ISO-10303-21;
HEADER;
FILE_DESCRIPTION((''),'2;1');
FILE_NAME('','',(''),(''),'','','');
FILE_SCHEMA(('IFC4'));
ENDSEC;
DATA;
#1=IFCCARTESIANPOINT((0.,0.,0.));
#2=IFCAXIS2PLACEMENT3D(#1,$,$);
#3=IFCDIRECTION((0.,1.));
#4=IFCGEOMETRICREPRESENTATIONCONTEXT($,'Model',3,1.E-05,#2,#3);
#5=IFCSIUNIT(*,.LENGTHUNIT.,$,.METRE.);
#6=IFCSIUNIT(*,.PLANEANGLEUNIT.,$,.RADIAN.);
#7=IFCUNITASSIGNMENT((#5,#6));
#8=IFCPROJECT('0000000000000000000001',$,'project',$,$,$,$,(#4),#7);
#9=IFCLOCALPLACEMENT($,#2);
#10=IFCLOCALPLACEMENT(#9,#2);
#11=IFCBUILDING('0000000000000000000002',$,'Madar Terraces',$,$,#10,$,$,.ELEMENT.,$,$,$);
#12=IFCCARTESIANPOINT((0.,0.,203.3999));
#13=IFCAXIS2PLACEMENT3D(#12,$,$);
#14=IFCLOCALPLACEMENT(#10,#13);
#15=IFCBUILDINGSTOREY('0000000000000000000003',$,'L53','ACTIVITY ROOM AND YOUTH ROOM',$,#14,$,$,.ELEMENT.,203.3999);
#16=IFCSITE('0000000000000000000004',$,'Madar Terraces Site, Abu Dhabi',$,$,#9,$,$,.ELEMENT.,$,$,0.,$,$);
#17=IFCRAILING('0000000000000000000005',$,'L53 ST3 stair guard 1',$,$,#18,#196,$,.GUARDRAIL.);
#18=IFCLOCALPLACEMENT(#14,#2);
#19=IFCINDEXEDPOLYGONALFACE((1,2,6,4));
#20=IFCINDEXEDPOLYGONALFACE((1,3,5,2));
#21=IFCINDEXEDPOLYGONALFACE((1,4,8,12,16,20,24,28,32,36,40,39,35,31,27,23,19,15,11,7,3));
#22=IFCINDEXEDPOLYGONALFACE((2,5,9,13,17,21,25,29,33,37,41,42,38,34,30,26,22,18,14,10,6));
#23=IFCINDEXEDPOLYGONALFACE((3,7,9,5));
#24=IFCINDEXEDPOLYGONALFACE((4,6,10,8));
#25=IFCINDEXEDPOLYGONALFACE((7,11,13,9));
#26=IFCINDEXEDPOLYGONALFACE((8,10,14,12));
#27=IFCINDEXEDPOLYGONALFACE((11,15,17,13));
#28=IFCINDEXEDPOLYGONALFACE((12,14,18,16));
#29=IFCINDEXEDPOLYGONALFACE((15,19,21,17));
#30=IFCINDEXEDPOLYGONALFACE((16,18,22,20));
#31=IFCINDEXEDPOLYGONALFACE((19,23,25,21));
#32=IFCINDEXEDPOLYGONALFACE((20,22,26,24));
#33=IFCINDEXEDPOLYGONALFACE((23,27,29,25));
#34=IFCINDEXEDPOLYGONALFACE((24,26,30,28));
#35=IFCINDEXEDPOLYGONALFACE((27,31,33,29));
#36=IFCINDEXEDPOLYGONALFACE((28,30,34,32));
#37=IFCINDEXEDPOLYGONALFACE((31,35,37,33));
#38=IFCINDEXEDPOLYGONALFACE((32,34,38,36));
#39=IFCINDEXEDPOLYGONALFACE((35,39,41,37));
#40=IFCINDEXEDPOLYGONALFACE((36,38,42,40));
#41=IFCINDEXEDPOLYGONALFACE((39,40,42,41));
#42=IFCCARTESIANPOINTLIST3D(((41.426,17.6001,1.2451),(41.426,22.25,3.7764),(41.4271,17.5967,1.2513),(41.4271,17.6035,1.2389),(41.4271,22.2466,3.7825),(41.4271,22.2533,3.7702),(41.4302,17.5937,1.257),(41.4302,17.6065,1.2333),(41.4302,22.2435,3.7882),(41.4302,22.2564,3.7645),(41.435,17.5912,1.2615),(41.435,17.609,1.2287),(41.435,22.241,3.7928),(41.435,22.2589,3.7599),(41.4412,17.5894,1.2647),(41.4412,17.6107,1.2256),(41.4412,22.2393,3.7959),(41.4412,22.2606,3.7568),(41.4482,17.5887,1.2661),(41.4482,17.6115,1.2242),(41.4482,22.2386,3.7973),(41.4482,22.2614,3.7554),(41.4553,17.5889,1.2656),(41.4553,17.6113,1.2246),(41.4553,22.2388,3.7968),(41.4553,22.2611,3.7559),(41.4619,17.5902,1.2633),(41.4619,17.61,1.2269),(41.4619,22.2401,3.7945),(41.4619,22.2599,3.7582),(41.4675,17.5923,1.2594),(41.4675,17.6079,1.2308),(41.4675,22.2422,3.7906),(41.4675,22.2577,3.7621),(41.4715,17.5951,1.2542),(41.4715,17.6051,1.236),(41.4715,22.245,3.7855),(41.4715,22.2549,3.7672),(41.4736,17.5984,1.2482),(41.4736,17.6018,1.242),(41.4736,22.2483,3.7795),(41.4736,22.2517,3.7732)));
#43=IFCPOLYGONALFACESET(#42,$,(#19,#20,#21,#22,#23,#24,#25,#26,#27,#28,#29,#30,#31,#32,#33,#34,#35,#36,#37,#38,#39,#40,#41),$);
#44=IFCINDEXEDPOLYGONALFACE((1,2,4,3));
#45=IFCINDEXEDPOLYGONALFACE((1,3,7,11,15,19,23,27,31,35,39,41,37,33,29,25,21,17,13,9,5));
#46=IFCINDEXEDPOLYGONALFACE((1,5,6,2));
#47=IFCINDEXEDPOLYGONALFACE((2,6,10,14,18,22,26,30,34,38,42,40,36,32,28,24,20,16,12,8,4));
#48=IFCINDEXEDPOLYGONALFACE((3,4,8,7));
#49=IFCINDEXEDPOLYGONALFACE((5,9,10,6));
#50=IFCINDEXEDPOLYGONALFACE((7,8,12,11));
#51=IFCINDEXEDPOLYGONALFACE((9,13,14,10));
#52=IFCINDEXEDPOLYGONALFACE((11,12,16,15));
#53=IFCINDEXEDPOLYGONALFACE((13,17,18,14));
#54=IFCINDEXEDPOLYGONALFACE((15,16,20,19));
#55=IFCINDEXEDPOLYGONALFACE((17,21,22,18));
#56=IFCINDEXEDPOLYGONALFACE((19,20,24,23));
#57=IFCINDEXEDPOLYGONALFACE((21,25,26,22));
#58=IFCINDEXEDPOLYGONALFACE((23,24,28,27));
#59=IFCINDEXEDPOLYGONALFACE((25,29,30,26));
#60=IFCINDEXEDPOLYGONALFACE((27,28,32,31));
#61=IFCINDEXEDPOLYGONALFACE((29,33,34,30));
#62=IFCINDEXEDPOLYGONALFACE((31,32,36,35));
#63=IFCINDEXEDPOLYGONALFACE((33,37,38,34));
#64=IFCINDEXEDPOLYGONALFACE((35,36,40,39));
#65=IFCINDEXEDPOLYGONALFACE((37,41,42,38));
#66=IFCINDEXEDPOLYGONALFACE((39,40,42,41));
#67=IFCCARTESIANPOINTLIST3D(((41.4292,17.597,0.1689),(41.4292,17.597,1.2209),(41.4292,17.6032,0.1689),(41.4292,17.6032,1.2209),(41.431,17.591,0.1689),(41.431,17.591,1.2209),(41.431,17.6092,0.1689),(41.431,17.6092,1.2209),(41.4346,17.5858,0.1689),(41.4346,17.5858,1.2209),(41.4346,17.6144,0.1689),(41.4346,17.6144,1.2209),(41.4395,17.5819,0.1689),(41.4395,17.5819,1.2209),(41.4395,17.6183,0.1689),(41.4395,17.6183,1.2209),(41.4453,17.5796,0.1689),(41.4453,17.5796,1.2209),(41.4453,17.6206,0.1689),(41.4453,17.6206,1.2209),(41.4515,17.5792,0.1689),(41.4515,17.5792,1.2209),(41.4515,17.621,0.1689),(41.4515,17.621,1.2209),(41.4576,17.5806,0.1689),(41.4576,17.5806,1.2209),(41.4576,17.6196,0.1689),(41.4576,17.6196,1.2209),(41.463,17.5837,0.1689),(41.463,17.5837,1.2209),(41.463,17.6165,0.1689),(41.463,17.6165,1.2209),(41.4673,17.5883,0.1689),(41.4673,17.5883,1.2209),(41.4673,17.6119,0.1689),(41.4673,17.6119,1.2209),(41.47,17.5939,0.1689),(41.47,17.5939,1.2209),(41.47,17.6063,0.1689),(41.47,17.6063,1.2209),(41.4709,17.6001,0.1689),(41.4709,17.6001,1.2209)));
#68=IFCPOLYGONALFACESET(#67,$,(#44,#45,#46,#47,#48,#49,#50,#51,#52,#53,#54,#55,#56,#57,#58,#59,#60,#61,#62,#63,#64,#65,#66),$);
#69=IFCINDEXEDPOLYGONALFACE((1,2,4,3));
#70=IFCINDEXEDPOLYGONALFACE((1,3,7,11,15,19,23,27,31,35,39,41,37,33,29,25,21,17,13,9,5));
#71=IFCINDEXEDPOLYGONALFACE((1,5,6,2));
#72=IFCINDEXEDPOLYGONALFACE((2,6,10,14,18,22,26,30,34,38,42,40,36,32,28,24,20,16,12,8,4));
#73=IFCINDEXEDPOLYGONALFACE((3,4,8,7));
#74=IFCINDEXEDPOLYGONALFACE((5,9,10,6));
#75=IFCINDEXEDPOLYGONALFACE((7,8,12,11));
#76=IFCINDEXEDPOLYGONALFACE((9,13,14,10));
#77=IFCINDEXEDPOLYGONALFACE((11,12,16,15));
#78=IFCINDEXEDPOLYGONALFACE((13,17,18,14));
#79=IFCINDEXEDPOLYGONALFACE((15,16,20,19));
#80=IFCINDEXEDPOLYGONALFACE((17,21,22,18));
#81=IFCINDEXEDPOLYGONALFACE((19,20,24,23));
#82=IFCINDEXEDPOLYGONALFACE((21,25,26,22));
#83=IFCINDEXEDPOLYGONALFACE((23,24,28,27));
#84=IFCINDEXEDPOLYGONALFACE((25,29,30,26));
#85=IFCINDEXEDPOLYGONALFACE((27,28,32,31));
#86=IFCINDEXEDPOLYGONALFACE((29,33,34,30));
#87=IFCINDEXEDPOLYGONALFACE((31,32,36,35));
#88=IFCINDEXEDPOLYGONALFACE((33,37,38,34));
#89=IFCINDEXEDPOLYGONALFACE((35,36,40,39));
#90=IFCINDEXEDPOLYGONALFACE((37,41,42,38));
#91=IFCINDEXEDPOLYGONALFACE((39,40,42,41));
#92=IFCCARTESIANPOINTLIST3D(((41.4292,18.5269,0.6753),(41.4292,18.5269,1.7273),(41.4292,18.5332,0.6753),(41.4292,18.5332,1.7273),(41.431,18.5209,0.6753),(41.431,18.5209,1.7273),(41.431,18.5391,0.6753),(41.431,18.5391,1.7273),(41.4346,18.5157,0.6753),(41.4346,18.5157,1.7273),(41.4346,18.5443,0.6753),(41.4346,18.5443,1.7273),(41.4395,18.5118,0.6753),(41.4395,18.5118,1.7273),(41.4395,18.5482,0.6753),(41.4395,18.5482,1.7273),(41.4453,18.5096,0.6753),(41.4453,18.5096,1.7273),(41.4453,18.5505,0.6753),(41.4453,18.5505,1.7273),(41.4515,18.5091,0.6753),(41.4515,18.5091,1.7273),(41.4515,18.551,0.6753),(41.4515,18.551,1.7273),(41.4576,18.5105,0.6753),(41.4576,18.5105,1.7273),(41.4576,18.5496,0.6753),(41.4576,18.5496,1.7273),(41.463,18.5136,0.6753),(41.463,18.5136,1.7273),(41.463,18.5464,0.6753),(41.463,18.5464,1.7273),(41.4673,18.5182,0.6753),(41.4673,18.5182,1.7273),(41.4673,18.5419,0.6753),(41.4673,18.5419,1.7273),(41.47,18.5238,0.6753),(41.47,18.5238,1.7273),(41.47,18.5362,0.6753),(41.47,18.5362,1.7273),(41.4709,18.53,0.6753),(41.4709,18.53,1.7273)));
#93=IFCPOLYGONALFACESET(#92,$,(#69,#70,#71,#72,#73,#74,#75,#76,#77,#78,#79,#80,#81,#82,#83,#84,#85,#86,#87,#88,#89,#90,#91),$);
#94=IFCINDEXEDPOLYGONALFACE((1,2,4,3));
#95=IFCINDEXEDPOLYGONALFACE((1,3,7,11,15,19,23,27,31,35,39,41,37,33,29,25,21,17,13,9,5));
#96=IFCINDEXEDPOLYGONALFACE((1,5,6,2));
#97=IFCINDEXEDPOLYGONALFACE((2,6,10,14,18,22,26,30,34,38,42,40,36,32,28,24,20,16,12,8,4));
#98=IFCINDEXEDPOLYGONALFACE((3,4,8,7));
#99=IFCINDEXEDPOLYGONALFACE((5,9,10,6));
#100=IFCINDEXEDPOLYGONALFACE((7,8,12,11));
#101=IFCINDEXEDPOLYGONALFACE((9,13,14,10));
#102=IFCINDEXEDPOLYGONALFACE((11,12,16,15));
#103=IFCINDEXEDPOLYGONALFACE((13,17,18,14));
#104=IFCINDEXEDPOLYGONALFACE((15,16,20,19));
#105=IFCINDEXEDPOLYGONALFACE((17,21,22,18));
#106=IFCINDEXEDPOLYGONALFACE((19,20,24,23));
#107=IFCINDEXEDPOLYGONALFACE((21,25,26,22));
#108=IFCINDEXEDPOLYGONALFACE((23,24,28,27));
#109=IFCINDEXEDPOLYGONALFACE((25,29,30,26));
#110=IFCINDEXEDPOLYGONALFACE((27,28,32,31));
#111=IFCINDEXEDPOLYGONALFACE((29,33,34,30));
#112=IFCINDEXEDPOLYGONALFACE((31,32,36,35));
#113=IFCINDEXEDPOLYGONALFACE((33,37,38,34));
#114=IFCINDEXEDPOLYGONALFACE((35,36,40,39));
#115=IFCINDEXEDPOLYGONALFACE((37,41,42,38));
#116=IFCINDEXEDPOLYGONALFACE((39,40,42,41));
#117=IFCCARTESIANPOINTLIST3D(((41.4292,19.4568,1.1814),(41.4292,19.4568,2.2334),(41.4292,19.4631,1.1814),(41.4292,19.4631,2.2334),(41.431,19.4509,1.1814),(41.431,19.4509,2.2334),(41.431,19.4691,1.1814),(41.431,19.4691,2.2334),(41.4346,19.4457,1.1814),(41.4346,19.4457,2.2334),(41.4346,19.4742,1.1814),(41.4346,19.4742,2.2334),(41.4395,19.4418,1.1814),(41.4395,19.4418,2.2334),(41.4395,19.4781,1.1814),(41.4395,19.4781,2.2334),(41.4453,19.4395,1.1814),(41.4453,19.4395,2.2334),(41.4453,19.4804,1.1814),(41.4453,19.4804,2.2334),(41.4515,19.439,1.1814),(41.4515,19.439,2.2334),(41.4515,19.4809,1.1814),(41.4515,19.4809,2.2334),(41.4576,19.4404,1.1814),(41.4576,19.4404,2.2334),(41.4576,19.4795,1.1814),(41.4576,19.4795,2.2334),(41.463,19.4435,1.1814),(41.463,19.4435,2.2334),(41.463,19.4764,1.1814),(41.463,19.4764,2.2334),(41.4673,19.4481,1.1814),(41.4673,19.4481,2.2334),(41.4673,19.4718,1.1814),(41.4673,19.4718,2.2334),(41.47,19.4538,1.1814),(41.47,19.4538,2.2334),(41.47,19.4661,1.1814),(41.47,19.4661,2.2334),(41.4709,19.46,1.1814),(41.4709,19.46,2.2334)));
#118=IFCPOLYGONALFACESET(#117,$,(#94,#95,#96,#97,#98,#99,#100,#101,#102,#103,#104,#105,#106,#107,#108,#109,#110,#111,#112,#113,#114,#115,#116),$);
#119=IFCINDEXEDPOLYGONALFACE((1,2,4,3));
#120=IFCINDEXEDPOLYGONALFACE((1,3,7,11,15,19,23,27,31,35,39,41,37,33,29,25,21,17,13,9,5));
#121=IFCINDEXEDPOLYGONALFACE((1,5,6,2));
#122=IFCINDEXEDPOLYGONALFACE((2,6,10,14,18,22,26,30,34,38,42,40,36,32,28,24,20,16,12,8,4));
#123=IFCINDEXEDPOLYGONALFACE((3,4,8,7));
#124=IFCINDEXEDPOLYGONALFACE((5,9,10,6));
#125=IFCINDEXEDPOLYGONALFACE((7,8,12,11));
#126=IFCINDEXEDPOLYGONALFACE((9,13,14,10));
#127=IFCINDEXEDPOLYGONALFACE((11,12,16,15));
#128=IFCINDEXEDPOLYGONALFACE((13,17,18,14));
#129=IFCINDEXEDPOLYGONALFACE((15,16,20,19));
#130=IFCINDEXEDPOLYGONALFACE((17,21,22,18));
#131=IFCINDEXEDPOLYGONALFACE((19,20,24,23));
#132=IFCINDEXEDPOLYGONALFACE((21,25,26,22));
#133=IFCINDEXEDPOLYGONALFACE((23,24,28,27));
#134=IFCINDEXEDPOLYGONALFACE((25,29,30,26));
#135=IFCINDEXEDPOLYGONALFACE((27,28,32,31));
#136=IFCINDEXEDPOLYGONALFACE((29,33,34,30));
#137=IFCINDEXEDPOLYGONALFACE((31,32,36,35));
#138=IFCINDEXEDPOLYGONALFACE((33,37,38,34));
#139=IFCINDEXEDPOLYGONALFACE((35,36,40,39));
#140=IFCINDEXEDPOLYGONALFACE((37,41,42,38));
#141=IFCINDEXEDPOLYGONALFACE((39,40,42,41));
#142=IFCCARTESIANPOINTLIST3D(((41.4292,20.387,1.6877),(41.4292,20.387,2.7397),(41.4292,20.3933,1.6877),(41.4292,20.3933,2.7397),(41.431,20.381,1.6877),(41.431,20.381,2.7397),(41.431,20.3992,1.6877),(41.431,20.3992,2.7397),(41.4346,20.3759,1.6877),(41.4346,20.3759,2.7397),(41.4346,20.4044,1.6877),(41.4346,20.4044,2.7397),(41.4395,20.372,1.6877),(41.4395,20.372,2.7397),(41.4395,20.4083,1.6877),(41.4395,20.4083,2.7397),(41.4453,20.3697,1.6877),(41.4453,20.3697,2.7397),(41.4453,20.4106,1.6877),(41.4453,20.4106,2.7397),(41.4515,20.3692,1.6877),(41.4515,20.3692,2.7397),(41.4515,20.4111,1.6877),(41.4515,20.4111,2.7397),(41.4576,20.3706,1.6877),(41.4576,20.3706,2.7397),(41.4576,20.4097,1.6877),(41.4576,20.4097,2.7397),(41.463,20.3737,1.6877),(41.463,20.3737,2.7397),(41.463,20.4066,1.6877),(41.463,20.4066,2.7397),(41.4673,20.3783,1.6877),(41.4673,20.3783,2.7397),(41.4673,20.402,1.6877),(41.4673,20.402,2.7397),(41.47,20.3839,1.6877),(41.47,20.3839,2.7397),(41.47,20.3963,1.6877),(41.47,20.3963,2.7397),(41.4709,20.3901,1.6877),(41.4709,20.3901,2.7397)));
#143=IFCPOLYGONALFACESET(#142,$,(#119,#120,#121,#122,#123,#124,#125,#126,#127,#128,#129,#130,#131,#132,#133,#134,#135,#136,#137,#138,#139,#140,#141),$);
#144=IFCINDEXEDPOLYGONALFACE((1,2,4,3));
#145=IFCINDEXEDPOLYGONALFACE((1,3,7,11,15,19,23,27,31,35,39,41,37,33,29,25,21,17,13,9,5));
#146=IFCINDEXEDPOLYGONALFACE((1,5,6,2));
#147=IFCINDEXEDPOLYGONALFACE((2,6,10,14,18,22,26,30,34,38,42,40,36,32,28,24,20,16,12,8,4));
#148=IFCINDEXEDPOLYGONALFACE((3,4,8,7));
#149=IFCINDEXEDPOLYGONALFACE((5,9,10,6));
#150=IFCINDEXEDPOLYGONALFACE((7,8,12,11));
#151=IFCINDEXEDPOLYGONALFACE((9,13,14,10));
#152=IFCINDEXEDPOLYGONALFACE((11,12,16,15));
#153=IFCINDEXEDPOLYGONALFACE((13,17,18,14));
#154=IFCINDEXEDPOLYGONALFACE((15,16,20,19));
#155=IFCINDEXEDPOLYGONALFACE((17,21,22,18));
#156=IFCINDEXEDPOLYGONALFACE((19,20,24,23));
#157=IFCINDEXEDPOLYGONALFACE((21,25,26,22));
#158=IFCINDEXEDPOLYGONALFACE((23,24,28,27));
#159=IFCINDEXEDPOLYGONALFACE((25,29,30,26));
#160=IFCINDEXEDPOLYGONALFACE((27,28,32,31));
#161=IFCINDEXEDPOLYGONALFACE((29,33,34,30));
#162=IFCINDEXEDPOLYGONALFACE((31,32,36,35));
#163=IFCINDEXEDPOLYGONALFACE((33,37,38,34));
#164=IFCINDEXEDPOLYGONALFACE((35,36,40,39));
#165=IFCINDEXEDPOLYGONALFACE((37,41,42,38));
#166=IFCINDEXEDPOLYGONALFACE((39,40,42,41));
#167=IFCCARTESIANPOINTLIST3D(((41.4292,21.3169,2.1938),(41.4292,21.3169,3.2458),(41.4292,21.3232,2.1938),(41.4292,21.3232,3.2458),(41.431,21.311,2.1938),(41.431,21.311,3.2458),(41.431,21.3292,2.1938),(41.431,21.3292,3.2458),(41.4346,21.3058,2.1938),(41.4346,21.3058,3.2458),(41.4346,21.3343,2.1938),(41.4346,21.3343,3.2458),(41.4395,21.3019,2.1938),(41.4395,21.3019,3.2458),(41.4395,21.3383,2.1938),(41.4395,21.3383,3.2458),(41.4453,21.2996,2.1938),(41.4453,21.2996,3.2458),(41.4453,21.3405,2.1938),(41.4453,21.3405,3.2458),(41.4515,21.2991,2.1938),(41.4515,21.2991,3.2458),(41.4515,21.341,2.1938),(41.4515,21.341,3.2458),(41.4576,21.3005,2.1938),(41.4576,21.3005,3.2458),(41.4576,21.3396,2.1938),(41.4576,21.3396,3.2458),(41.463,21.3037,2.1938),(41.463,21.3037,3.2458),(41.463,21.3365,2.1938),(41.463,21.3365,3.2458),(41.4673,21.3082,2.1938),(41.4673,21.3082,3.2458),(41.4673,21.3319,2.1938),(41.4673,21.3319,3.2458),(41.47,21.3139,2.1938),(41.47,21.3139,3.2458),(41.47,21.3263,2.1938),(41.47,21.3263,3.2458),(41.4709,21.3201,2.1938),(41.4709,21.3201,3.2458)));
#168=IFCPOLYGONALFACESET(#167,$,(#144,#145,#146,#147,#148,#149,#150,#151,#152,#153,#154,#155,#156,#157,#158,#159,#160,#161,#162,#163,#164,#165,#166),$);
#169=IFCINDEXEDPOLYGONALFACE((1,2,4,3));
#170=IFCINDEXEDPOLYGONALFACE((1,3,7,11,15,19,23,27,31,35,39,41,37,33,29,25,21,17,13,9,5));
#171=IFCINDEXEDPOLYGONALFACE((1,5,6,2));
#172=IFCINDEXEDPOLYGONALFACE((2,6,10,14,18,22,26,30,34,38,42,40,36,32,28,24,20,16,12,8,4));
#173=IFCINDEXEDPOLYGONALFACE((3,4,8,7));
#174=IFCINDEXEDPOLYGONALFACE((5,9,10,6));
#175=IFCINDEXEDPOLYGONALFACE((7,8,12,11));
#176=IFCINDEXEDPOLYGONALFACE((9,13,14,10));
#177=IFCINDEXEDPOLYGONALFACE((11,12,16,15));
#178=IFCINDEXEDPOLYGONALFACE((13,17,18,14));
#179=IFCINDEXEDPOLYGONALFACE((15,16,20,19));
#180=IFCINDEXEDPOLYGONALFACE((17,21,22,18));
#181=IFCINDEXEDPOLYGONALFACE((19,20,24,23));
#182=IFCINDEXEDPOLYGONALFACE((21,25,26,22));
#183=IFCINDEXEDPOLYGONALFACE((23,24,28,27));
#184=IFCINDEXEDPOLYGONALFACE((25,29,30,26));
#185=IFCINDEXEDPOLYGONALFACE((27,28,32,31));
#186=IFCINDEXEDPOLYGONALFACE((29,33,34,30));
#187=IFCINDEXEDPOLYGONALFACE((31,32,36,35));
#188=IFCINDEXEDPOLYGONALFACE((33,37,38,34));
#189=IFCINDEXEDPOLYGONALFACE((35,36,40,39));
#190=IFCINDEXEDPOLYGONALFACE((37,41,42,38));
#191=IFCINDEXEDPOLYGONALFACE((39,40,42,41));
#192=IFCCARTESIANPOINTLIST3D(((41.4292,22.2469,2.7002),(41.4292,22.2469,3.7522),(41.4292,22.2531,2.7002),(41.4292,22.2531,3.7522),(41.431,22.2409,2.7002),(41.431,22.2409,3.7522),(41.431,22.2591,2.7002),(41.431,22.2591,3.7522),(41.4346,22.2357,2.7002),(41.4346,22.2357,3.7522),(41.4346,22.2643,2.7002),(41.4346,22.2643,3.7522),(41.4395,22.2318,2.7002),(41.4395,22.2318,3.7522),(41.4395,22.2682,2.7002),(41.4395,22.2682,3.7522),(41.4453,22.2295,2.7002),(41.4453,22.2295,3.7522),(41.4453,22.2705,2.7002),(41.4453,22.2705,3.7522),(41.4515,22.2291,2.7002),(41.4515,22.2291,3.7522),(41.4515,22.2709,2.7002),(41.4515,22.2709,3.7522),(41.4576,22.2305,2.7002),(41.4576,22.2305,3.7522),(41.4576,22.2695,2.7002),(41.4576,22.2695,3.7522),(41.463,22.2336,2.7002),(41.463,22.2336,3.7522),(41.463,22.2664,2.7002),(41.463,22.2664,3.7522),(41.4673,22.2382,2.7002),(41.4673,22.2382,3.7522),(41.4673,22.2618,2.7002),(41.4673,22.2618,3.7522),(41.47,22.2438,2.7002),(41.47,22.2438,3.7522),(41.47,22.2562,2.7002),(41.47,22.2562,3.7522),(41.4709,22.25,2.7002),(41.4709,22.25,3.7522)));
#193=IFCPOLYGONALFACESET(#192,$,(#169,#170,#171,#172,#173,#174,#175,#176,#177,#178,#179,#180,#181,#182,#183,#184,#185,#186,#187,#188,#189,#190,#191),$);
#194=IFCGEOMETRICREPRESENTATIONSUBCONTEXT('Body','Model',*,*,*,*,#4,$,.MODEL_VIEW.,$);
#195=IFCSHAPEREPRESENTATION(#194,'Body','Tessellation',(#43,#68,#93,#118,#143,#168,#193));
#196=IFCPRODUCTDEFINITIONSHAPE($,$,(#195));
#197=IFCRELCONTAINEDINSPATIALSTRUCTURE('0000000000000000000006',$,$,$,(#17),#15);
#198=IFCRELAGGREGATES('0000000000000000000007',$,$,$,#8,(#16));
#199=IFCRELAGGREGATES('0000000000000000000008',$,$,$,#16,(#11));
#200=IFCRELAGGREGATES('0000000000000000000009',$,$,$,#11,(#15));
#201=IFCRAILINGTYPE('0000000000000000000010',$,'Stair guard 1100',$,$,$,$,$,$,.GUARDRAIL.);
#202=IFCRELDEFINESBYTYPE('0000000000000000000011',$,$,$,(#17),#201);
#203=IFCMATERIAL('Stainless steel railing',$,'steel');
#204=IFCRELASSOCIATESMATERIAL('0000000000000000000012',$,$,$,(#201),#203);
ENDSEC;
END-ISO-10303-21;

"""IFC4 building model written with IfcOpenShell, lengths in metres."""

from ifc_helpers import new_model, si_unit, direction, frame, origin, origin_2d, place, context, subcontext, project, spatial, circle, extrude, material, type_object, element, save


model = new_model("IFC4")

# Units and contexts
model_context = context("Model", 3, precision=1e-05, world=origin(), true_north=direction((0.0, 1.0)))
body_context = subcontext(model_context, "Body", "Model", "MODEL_VIEW")
ifc_project = project(units=[si_unit("LENGTHUNIT", "METRE"), si_unit("PLANEANGLEUNIT", "RADIAN")], contexts=[model_context])

# Site, building, storey
site_placement = place(None, origin())
site = spatial("IfcSite", under=ifc_project, at=site_placement, Name="Madar Terraces Site, Abu Dhabi", CompositionType="ELEMENT", RefElevation=0.0)
building_placement = place(site_placement, origin())
building = spatial("IfcBuilding", under=site, at=building_placement, Name="Madar Terraces", CompositionType="ELEMENT")
storey_placement = place(building_placement, frame((0.0, 0.0, 203.3999)))
storey = spatial("IfcBuildingStorey", under=building, at=storey_placement, Name="L53", Description="ACTIVITY ROOM AND YOUTH ROOM", CompositionType="ELEMENT", Elevation=203.3999)

# Railing
ifc_material_1 = material(Name="Stainless steel railing", Category="steel")
railing_type_1 = type_object("IfcRailingType", Name="Stair guard 1100", PredefinedType="GUARDRAIL", material=ifc_material_1)
railing_1_placement = place(storey_placement, frame((41.45, 17.6001, 0.1689)))
element("IfcRailing", 1, at=railing_1_placement, inside=storey, type_object=railing_type_1, Name="L53 ST3 stair guard 1", PredefinedType="GUARDRAIL", context=body_context, shape_type="SweptSolid", body=[
    extrude(circle(Radius=0.0239, at=origin_2d()), frame((0.0, 0.0, 1.0762), z_axis=(0.0, 0.878297, 0.478115), x_axis=(-1.0, 0.0, 0.0)), (0.0, 0.0, 1.0), 5.2942),
    extrude(circle(Radius=0.021, at=origin_2d()), origin(), (0.0, 0.0, 1.0), 1.052),
    extrude(circle(Radius=0.021, at=origin_2d()), frame((0.0, 0.9299, 0.5063)), (0.0, 0.0, 1.0), 1.052),
    extrude(circle(Radius=0.021, at=origin_2d()), frame((0.0, 1.8599, 1.0125)), (0.0, 0.0, 1.0), 1.052),
    extrude(circle(Radius=0.021, at=origin_2d()), frame((0.0, 2.79, 1.5188)), (0.0, 0.0, 1.0), 1.052),
    extrude(circle(Radius=0.021, at=origin_2d()), frame((0.0, 3.72, 2.0249)), (0.0, 0.0, 1.0), 1.052),
    extrude(circle(Radius=0.021, at=origin_2d()), frame((0.0, 4.6499, 2.5312)), (0.0, 0.0, 1.0), 1.052),
])

save(model, "model.ifc")
